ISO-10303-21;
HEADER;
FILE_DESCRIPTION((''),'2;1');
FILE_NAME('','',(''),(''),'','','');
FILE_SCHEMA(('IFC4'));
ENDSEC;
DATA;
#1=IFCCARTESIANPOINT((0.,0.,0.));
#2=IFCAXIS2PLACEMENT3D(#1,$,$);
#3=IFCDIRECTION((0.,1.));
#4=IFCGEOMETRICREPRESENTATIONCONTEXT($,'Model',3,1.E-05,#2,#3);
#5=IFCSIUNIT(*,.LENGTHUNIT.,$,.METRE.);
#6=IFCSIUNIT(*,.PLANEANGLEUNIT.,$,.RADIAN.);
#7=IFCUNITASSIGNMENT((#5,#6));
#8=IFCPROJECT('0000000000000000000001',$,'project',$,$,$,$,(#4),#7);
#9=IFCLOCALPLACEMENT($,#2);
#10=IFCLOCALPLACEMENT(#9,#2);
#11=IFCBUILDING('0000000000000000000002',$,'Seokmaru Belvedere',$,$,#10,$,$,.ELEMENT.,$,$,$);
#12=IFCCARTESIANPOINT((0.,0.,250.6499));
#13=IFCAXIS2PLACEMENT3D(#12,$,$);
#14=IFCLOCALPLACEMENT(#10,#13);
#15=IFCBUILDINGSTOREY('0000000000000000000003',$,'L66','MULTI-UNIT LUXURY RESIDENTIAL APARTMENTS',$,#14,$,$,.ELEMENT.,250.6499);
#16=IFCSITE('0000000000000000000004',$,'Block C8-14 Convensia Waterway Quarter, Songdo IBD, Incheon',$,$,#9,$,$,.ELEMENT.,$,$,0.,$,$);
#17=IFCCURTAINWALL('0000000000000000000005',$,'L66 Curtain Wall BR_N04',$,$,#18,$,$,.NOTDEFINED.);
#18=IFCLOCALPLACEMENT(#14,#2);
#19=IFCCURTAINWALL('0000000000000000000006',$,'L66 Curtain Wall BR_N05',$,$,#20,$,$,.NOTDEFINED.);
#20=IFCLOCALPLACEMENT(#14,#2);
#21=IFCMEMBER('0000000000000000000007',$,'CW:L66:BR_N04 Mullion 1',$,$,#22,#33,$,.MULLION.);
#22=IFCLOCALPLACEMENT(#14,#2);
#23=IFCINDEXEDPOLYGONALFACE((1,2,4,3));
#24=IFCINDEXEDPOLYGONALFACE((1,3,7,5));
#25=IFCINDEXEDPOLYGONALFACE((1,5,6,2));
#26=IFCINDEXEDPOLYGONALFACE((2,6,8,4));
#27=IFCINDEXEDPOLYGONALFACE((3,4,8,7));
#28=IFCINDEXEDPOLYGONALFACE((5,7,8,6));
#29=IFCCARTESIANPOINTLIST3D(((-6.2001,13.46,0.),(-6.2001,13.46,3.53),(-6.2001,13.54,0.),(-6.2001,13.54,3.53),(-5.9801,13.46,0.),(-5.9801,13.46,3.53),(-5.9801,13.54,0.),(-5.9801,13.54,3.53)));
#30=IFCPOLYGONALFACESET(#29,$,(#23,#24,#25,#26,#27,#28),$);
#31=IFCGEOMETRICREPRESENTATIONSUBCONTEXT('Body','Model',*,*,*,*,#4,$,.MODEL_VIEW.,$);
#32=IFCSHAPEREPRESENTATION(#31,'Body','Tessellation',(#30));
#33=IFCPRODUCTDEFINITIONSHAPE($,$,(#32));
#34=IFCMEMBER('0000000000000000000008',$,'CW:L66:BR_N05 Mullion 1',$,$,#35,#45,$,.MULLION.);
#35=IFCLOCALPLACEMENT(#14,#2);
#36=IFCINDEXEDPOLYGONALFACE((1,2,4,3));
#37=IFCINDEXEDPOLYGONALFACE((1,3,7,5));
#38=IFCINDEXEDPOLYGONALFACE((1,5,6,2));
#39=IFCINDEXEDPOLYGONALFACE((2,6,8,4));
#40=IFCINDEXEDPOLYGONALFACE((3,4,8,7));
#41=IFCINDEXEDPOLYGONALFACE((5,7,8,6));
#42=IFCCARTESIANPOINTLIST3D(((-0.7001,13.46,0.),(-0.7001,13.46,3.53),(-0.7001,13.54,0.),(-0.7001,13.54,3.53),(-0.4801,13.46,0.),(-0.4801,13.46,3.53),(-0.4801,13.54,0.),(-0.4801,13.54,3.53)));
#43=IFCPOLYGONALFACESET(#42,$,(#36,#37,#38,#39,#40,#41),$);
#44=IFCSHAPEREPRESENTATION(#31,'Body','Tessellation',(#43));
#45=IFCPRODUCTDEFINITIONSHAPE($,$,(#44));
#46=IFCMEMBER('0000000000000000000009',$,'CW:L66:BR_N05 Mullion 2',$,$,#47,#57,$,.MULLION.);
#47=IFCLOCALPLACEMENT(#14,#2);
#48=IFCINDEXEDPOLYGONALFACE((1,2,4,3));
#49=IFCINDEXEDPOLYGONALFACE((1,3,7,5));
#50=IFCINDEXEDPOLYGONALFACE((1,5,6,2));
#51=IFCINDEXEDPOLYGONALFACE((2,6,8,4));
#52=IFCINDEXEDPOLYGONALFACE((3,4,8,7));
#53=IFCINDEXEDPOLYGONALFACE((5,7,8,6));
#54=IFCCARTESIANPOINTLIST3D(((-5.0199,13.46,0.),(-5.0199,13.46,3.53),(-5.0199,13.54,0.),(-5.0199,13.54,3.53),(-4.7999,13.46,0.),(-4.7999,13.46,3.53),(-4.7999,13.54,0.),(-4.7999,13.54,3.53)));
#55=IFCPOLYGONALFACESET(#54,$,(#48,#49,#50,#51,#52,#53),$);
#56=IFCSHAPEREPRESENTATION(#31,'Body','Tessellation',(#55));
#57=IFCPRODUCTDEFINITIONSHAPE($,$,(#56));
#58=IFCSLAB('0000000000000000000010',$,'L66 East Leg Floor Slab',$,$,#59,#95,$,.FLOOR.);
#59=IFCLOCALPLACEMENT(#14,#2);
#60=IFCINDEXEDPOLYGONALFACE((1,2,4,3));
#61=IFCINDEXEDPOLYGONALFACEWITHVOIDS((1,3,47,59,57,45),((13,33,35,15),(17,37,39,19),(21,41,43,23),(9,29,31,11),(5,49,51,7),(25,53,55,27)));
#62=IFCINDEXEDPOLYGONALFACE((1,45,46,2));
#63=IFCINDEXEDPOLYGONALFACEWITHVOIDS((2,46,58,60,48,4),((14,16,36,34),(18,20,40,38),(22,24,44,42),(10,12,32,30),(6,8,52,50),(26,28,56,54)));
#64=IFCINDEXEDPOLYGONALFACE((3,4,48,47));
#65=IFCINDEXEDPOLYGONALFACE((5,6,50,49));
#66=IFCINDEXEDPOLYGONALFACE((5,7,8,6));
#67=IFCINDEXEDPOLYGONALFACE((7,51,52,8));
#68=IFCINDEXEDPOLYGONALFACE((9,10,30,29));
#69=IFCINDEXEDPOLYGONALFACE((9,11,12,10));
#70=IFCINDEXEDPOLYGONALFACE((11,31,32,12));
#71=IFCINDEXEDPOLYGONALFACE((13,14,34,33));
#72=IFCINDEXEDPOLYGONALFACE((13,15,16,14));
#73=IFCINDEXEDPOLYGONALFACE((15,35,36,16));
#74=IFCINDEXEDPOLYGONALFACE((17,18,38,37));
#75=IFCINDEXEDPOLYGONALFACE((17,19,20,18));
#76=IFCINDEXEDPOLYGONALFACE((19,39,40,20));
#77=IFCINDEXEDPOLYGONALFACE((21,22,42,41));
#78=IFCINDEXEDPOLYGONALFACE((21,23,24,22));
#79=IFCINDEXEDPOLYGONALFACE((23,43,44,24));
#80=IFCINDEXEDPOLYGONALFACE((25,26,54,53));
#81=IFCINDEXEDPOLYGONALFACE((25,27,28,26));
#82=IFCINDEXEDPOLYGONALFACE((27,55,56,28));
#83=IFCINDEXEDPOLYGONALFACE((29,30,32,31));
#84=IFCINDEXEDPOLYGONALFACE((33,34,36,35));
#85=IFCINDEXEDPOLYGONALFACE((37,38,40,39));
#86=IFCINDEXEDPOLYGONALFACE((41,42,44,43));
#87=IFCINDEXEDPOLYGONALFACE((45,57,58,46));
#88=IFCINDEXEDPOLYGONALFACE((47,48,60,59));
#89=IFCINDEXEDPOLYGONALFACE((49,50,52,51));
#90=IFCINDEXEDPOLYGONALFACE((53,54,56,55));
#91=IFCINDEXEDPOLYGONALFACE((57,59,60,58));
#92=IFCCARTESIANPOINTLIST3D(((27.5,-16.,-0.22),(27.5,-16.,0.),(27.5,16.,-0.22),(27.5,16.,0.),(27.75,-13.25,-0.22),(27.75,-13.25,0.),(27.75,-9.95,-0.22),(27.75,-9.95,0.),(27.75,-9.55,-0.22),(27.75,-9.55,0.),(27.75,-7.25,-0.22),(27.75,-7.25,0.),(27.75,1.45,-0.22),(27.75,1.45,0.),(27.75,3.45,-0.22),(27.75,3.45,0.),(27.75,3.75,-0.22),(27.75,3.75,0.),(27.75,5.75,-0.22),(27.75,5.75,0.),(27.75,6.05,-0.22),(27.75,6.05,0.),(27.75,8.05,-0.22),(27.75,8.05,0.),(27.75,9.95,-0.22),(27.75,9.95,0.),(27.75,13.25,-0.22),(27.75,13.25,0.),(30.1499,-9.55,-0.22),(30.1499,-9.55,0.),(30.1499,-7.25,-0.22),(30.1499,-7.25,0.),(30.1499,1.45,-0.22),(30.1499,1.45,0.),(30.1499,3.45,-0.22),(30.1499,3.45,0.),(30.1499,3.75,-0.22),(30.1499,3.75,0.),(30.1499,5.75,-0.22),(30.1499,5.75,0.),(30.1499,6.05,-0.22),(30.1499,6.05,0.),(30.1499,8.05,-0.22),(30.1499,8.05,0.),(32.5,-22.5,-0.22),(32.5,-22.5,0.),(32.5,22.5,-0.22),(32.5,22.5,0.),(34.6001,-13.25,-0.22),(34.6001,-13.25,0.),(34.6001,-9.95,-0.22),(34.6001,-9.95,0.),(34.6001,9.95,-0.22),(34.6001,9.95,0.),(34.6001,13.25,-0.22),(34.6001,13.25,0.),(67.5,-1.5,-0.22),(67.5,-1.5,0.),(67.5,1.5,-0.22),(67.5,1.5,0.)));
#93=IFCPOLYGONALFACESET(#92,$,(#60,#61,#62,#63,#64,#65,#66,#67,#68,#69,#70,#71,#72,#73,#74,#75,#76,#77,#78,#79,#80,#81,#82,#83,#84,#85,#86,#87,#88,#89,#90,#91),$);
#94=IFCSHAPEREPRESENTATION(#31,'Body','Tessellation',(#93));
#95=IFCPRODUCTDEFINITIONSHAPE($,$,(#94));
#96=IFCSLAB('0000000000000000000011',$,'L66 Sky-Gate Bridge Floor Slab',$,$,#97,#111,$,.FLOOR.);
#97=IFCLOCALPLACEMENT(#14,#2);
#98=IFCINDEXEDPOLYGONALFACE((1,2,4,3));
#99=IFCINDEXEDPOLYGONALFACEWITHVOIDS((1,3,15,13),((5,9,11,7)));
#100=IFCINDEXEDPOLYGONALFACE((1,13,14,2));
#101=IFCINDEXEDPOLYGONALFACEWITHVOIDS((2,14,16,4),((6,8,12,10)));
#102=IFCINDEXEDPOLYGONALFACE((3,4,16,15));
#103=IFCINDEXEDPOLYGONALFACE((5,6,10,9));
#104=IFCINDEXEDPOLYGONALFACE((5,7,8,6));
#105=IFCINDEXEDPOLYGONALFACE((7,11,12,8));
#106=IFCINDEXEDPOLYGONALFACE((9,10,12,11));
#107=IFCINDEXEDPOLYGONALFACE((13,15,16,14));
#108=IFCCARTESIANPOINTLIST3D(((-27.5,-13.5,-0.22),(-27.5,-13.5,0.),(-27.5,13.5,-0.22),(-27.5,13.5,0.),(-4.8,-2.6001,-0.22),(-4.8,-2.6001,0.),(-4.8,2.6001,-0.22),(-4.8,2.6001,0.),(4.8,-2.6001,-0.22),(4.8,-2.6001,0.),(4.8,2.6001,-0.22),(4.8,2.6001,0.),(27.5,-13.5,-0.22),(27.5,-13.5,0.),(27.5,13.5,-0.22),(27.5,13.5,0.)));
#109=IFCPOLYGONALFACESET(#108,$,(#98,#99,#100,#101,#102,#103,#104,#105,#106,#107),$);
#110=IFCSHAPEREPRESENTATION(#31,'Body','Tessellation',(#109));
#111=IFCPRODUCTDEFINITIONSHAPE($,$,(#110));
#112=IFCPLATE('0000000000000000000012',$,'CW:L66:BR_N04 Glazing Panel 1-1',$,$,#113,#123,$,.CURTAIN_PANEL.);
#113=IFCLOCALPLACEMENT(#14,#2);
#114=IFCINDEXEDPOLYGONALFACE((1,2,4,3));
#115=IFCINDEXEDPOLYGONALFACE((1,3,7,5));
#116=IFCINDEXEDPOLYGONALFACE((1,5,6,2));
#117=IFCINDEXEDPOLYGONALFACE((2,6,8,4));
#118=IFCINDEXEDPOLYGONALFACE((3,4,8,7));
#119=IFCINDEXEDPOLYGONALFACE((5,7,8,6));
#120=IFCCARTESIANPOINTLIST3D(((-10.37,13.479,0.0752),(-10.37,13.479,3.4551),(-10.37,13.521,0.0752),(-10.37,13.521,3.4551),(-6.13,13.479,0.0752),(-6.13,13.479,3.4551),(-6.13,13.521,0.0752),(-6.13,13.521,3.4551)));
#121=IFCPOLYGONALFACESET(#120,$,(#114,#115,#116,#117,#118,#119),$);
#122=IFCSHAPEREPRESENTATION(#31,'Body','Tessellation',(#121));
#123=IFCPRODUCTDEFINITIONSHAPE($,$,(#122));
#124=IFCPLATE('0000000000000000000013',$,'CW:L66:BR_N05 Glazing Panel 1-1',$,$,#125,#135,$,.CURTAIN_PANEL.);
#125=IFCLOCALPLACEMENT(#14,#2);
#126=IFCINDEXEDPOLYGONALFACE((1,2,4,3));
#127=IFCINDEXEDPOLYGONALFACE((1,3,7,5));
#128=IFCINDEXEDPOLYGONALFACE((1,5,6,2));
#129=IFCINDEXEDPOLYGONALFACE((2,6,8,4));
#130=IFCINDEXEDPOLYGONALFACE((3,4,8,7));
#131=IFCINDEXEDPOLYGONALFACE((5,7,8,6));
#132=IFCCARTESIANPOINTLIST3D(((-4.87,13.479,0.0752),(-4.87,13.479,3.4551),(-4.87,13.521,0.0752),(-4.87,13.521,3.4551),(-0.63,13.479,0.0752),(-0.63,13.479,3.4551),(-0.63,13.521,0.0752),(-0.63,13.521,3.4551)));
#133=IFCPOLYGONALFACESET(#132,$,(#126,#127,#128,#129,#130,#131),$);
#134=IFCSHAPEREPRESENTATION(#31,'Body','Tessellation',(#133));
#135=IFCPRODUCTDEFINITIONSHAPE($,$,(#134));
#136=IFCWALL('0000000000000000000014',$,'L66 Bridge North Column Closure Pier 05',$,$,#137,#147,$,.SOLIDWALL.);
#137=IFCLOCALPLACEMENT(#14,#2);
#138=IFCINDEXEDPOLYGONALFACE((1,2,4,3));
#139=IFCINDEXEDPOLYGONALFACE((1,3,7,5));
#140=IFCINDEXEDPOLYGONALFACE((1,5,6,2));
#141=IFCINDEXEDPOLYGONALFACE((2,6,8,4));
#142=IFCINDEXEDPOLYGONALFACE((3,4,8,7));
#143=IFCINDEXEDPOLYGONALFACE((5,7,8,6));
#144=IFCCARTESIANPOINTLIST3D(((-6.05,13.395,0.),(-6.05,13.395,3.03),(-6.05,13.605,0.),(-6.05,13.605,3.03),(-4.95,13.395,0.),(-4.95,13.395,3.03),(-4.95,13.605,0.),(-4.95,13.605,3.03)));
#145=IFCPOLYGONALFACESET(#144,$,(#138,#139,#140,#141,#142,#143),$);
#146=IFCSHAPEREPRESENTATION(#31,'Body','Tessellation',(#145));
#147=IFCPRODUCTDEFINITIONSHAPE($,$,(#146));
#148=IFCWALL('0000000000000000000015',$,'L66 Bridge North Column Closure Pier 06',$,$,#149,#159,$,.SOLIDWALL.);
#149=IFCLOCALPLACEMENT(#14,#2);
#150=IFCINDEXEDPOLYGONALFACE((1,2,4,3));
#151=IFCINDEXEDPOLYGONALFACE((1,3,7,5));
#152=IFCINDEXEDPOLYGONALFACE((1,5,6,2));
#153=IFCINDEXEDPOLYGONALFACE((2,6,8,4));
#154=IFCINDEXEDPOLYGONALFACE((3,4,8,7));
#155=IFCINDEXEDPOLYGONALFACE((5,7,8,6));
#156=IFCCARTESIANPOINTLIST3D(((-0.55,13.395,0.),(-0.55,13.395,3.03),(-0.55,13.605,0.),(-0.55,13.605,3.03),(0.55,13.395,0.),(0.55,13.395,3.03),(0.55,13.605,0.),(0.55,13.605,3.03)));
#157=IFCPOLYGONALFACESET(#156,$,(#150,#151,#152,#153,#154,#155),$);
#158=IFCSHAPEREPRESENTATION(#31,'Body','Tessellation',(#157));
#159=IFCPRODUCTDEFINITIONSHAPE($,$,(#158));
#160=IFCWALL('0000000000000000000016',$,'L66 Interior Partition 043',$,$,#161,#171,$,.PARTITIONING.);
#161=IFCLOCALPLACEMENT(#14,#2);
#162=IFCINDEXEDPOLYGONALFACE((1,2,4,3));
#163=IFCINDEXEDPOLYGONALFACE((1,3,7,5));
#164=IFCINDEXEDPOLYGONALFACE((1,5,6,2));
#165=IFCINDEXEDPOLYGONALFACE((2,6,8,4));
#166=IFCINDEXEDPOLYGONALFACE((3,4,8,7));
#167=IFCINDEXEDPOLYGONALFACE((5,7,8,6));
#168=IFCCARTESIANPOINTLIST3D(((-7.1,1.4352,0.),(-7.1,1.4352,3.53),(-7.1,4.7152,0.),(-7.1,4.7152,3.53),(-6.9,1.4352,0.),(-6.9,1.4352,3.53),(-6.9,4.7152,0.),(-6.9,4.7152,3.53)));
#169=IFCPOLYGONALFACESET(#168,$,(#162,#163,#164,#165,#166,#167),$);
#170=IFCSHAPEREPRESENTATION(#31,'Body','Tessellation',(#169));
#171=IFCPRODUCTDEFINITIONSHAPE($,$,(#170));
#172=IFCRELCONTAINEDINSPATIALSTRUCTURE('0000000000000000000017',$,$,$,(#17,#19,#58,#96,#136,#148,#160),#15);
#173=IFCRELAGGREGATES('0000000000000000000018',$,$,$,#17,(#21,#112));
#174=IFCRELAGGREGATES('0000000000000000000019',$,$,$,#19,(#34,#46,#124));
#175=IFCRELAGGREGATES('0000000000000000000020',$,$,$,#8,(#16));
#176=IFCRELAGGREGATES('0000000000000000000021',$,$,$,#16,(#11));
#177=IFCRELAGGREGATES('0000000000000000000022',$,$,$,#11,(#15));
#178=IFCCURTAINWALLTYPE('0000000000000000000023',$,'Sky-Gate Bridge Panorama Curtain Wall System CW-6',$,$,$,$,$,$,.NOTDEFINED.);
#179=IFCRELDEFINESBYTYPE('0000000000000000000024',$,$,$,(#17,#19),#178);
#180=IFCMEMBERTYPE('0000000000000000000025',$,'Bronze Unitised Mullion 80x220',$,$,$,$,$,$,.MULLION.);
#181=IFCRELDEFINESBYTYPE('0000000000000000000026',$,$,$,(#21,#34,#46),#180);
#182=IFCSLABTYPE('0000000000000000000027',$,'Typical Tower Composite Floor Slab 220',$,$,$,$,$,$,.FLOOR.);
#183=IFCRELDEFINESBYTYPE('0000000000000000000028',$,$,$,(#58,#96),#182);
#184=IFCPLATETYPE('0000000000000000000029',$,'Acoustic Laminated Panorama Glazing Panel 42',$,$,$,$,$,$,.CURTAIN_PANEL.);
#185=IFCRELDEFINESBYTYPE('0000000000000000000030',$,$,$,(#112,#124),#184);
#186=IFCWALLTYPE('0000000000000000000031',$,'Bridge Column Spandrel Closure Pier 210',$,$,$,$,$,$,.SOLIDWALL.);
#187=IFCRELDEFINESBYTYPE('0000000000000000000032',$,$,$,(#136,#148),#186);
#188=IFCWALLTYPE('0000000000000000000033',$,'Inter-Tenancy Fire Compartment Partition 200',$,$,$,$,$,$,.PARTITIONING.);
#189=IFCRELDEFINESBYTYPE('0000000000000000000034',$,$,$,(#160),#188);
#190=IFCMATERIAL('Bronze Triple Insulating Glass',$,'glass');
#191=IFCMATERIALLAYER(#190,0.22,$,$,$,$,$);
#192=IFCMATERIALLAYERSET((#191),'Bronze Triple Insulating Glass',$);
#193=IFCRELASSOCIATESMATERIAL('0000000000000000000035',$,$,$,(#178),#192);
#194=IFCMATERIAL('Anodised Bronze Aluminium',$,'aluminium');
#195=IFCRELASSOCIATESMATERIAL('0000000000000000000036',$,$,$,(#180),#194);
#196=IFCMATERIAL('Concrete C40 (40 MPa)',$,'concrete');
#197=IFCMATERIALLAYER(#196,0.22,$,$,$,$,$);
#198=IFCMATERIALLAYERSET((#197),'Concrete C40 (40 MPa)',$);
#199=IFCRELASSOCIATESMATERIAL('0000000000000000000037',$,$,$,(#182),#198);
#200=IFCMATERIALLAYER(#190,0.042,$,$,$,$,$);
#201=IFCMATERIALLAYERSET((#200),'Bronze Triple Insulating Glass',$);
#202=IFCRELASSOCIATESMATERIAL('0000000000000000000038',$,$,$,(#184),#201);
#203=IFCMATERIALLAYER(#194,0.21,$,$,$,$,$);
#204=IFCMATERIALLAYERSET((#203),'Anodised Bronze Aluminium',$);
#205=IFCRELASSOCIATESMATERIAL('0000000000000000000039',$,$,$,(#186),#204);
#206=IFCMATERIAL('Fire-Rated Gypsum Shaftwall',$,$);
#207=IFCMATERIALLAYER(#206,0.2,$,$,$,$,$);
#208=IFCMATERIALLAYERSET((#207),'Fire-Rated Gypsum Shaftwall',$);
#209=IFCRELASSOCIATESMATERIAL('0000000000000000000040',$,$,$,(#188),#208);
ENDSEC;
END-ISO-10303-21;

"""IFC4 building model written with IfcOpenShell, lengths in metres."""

from ifc_helpers import new_model, si_unit, direction, frame, frame_2d, origin, origin_2d, place, context, subcontext, project, spatial, polyline, rectangle, outline, extrude, source, transform, mapped, material, layer, layer_set, material_profile, profile_set, type_object, type_shapes, element, aggregate, save


model = new_model("IFC4")

# Units and contexts
model_context = context("Model", 3, precision=1e-05, world=origin(), true_north=direction((0.0, 1.0)))
body_context = subcontext(model_context, "Body", "Model", "MODEL_VIEW")
ifc_project = project(units=[si_unit("LENGTHUNIT", "METRE"), si_unit("PLANEANGLEUNIT", "RADIAN")], contexts=[model_context])

# Site, building, storey
site_placement = place(None, origin())
site = spatial("IfcSite", under=ifc_project, at=site_placement, Name="Block C8-14 Convensia Waterway Quarter, Songdo IBD, Incheon", CompositionType="ELEMENT", RefElevation=0.0)
building_placement = place(site_placement, origin())
building = spatial("IfcBuilding", under=site, at=building_placement, Name="Seokmaru Belvedere", CompositionType="ELEMENT")
storey_placement = place(building_placement, frame((0.0, 0.0, 250.6499)))
storey = spatial("IfcBuildingStorey", under=building, at=storey_placement, Name="L66", Description="MULTI-UNIT LUXURY RESIDENTIAL APARTMENTS", CompositionType="ELEMENT", Elevation=250.6499)

# Curtain walls
ifc_material_1 = material(Name="Bronze Triple Insulating Glass", Category="glass")
ifc_layer_1 = layer(ifc_material_1, 0.22)
ifc_layer_set_1 = layer_set([ifc_layer_1], Name="Bronze Triple Insulating Glass")
curtain_wall_type = type_object("IfcCurtainWallType", Name="Sky-Gate Bridge Panorama Curtain Wall System CW-6", PredefinedType="NOTDEFINED", material=ifc_layer_set_1)
curtain_wall_1_placement = place(storey_placement, origin())
curtain_wall_1 = element("IfcCurtainWall", 1, at=curtain_wall_1_placement, inside=storey, type_object=curtain_wall_type, Name="L66 Curtain Wall BR_N04", PredefinedType="NOTDEFINED")
ifc_material_2 = material(Name="Anodised Bronze Aluminium", Category="aluminium")
curtain_wall_2_placement = place(storey_placement, origin())
curtain_wall_2 = element("IfcCurtainWall", 2, at=curtain_wall_2_placement, inside=storey, type_object=curtain_wall_type, Name="L66 Curtain Wall BR_N05", PredefinedType="NOTDEFINED")

# Members
ifc_material_profile_1 = material_profile(ifc_material_2, rectangle(XDim=0.0801, YDim=0.22, at=origin_2d()), Name="CW-M-80x220")
ifc_profile_set_1 = profile_set([ifc_material_profile_1], Name="Anodised Bronze Aluminium")
member_type_1 = type_object("IfcMemberType", Name="Bronze Unitised Mullion 80x220", PredefinedType="MULLION", material=ifc_profile_set_1)
shared_shape_1 = source(origin(), body_context, "Body", "SweptSolid", [
    extrude(rectangle(XDim=0.0801, YDim=0.22, at=origin_2d()), origin(), (0.0, 0.0, 1.0), 3.53),
])
type_shapes(member_type_1, [shared_shape_1])
member_1_placement = place(storey_placement, frame((-6.0901, 13.5, 0.0), z_axis=(0.0, 0.0, 1.0), x_axis=(0.0, -1.0, 0.0)))
member_1 = element("IfcMember", 3, at=member_1_placement, type_object=member_type_1, Name="CW:L66:BR_N04 Mullion 1", PredefinedType="MULLION", context=body_context, shape_type="MappedRepresentation", body=[
    mapped(shared_shape_1, transform((0.0, 0.0, 0.0), scale=1.0)),
])
member_2_placement = place(storey_placement, frame((-0.5901, 13.5, 0.0), z_axis=(0.0, 0.0, 1.0), x_axis=(0.0, -1.0, 0.0)))
member_2 = element("IfcMember", 4, at=member_2_placement, type_object=member_type_1, Name="CW:L66:BR_N05 Mullion 1", PredefinedType="MULLION", context=body_context, shape_type="MappedRepresentation", body=[
    mapped(shared_shape_1, transform((0.0, 0.0, 0.0), scale=1.0)),
])
member_3_placement = place(storey_placement, frame((-4.9099, 13.5, 0.0), z_axis=(0.0, 0.0, 1.0), x_axis=(0.0, -1.0, 0.0)))
member_3 = element("IfcMember", 5, at=member_3_placement, type_object=member_type_1, Name="CW:L66:BR_N05 Mullion 2", PredefinedType="MULLION", context=body_context, shape_type="MappedRepresentation", body=[
    mapped(shared_shape_1, transform((0.0, 0.0, 0.0), scale=1.0)),
])

# Slabs
ifc_material_3 = material(Name="Concrete C40 (40 MPa)", Category="concrete")
ifc_layer_2 = layer(ifc_material_3, 0.22)
ifc_layer_set_2 = layer_set([ifc_layer_2], Name="Concrete C40 (40 MPa)")
slab_type = type_object("IfcSlabType", Name="Typical Tower Composite Floor Slab 220", PredefinedType="FLOOR", material=ifc_layer_set_2)
slab_1_placement = place(storey_placement, frame((0.0, 0.0, -0.22)))
element("IfcSlab", 6, at=slab_1_placement, inside=storey, type_object=slab_type, Name="L66 East Leg Floor Slab", PredefinedType="FLOOR", context=body_context, shape_type="SweptSolid", body=[
    extrude(outline(polyline([(32.5, -22.5), (67.5, -1.5), (67.5, 1.5), (32.5, 22.5), (27.5, 16.0), (27.5, -16.0), (32.5, -22.5)]), holes=[polyline([(27.75, -13.25), (34.6001, -13.25), (34.6001, -9.95), (27.75, -9.95), (27.75, -13.25)]), polyline([(27.75, 9.95), (34.6001, 9.95), (34.6001, 13.25), (27.75, 13.25), (27.75, 9.95)]), polyline([(27.75, -9.55), (30.1499, -9.55), (30.1499, -7.25), (27.75, -7.25), (27.75, -9.55)]), polyline([(27.75, 1.45), (30.1499, 1.45), (30.1499, 3.45), (27.75, 3.45), (27.75, 1.45)]), polyline([(27.75, 3.75), (30.1499, 3.75), (30.1499, 5.75), (27.75, 5.75), (27.75, 3.75)]), polyline([(27.75, 6.05), (30.1499, 6.05), (30.1499, 8.05), (27.75, 8.05), (27.75, 6.05)])]), origin(), (0.0, 0.0, 1.0), 0.22),
])
slab_2_placement = place(storey_placement, frame((0.0, 0.0, -0.22)))
element("IfcSlab", 7, at=slab_2_placement, inside=storey, type_object=slab_type, Name="L66 Sky-Gate Bridge Floor Slab", PredefinedType="FLOOR", context=body_context, shape_type="SweptSolid", body=[
    extrude(outline(polyline([(-27.5, -13.5), (27.5, -13.5), (27.5, 13.5), (-27.5, 13.5), (-27.5, -13.5)]), holes=[polyline([(-4.8, -2.6001), (4.8, -2.6001), (4.8, 2.6001), (-4.8, 2.6001), (-4.8, -2.6001)])]), origin(), (0.0, 0.0, 1.0), 0.22),
])

# Plates
ifc_layer_3 = layer(ifc_material_1, 0.042)
ifc_layer_set_3 = layer_set([ifc_layer_3], Name="Bronze Triple Insulating Glass")
plate_type = type_object("IfcPlateType", Name="Acoustic Laminated Panorama Glazing Panel 42", PredefinedType="CURTAIN_PANEL", material=ifc_layer_set_3)
shared_shape_2 = source(origin(), body_context, "Body", "SweptSolid", [
    extrude(rectangle(XDim=4.24, YDim=0.042, at=origin_2d()), origin(), (0.0, 0.0, 1.0), 3.3799),
])
type_shapes(plate_type, [shared_shape_2])
plate_1_placement = place(storey_placement, frame((-8.25, 13.5, 0.0752), z_axis=(0.0, 0.0, 1.0), x_axis=(-1.0, 0.0, 0.0)))
plate_1 = element("IfcPlate", 8, at=plate_1_placement, type_object=plate_type, Name="CW:L66:BR_N04 Glazing Panel 1-1", PredefinedType="CURTAIN_PANEL", context=body_context, shape_type="MappedRepresentation", body=[
    mapped(shared_shape_2, transform((0.0, 0.0, 0.0), scale=1.0)),
])
aggregate(curtain_wall_1, [member_1, plate_1])
plate_2_placement = place(storey_placement, frame((-2.75, 13.5, 0.0752), z_axis=(0.0, 0.0, 1.0), x_axis=(-1.0, 0.0, 0.0)))
plate_2 = element("IfcPlate", 9, at=plate_2_placement, type_object=plate_type, Name="CW:L66:BR_N05 Glazing Panel 1-1", PredefinedType="CURTAIN_PANEL", context=body_context, shape_type="MappedRepresentation", body=[
    mapped(shared_shape_2, transform((0.0, 0.0, 0.0), scale=1.0)),
])
aggregate(curtain_wall_2, [member_2, member_3, plate_2])

# Shared definitions
ifc_material_4 = material(Name="Fire-Rated Gypsum Shaftwall")

# Walls
ifc_layer_4 = layer(ifc_material_2, 0.21)
ifc_layer_set_4 = layer_set([ifc_layer_4], Name="Anodised Bronze Aluminium")
wall_type_1 = type_object("IfcWallType", Name="Bridge Column Spandrel Closure Pier 210", PredefinedType="SOLIDWALL", material=ifc_layer_set_4)
for number, where, z_axis, x_axis, name in (
    (10, (-6.05, 13.5, 0.0), (0.0, 0.0, 1.0), (1.0, 0.0, 0.0), "L66 Bridge North Column Closure Pier 05"),
    (11, (-0.55, 13.5, 0.0), (0.0, 0.0, 1.0), (1.0, 0.0, 0.0), "L66 Bridge North Column Closure Pier 06"),
):
    element("IfcWall", number, at=place(storey_placement, frame(where, z_axis=z_axis, x_axis=x_axis)), inside=storey, type_object=wall_type_1, Name=name, PredefinedType="SOLIDWALL", context=body_context, shape_type="SweptSolid", body=[
        extrude(rectangle(XDim=1.1001, YDim=0.21, at=frame_2d((0.55, 0.0))), origin(), (0.0, 0.0, 1.0), 3.03),
    ])
ifc_layer_5 = layer(ifc_material_4, 0.2)
ifc_layer_set_5 = layer_set([ifc_layer_5], Name="Fire-Rated Gypsum Shaftwall")
wall_type_2 = type_object("IfcWallType", Name="Inter-Tenancy Fire Compartment Partition 200", PredefinedType="PARTITIONING", material=ifc_layer_set_5)
wall_1_placement = place(storey_placement, frame((-7.0, 1.4351, 0.0), z_axis=(0.0, 0.0, 1.0), x_axis=(0.0, 1.0, 0.0)))
element("IfcWall", 12, at=wall_1_placement, inside=storey, type_object=wall_type_2, Name="L66 Interior Partition 043", PredefinedType="PARTITIONING", context=body_context, shape_type="SweptSolid", body=[
    extrude(rectangle(XDim=3.28, YDim=0.2, at=frame_2d((1.6401, 0.0))), origin(), (0.0, 0.0, 1.0), 3.53),
])

save(model, "model.ifc")
